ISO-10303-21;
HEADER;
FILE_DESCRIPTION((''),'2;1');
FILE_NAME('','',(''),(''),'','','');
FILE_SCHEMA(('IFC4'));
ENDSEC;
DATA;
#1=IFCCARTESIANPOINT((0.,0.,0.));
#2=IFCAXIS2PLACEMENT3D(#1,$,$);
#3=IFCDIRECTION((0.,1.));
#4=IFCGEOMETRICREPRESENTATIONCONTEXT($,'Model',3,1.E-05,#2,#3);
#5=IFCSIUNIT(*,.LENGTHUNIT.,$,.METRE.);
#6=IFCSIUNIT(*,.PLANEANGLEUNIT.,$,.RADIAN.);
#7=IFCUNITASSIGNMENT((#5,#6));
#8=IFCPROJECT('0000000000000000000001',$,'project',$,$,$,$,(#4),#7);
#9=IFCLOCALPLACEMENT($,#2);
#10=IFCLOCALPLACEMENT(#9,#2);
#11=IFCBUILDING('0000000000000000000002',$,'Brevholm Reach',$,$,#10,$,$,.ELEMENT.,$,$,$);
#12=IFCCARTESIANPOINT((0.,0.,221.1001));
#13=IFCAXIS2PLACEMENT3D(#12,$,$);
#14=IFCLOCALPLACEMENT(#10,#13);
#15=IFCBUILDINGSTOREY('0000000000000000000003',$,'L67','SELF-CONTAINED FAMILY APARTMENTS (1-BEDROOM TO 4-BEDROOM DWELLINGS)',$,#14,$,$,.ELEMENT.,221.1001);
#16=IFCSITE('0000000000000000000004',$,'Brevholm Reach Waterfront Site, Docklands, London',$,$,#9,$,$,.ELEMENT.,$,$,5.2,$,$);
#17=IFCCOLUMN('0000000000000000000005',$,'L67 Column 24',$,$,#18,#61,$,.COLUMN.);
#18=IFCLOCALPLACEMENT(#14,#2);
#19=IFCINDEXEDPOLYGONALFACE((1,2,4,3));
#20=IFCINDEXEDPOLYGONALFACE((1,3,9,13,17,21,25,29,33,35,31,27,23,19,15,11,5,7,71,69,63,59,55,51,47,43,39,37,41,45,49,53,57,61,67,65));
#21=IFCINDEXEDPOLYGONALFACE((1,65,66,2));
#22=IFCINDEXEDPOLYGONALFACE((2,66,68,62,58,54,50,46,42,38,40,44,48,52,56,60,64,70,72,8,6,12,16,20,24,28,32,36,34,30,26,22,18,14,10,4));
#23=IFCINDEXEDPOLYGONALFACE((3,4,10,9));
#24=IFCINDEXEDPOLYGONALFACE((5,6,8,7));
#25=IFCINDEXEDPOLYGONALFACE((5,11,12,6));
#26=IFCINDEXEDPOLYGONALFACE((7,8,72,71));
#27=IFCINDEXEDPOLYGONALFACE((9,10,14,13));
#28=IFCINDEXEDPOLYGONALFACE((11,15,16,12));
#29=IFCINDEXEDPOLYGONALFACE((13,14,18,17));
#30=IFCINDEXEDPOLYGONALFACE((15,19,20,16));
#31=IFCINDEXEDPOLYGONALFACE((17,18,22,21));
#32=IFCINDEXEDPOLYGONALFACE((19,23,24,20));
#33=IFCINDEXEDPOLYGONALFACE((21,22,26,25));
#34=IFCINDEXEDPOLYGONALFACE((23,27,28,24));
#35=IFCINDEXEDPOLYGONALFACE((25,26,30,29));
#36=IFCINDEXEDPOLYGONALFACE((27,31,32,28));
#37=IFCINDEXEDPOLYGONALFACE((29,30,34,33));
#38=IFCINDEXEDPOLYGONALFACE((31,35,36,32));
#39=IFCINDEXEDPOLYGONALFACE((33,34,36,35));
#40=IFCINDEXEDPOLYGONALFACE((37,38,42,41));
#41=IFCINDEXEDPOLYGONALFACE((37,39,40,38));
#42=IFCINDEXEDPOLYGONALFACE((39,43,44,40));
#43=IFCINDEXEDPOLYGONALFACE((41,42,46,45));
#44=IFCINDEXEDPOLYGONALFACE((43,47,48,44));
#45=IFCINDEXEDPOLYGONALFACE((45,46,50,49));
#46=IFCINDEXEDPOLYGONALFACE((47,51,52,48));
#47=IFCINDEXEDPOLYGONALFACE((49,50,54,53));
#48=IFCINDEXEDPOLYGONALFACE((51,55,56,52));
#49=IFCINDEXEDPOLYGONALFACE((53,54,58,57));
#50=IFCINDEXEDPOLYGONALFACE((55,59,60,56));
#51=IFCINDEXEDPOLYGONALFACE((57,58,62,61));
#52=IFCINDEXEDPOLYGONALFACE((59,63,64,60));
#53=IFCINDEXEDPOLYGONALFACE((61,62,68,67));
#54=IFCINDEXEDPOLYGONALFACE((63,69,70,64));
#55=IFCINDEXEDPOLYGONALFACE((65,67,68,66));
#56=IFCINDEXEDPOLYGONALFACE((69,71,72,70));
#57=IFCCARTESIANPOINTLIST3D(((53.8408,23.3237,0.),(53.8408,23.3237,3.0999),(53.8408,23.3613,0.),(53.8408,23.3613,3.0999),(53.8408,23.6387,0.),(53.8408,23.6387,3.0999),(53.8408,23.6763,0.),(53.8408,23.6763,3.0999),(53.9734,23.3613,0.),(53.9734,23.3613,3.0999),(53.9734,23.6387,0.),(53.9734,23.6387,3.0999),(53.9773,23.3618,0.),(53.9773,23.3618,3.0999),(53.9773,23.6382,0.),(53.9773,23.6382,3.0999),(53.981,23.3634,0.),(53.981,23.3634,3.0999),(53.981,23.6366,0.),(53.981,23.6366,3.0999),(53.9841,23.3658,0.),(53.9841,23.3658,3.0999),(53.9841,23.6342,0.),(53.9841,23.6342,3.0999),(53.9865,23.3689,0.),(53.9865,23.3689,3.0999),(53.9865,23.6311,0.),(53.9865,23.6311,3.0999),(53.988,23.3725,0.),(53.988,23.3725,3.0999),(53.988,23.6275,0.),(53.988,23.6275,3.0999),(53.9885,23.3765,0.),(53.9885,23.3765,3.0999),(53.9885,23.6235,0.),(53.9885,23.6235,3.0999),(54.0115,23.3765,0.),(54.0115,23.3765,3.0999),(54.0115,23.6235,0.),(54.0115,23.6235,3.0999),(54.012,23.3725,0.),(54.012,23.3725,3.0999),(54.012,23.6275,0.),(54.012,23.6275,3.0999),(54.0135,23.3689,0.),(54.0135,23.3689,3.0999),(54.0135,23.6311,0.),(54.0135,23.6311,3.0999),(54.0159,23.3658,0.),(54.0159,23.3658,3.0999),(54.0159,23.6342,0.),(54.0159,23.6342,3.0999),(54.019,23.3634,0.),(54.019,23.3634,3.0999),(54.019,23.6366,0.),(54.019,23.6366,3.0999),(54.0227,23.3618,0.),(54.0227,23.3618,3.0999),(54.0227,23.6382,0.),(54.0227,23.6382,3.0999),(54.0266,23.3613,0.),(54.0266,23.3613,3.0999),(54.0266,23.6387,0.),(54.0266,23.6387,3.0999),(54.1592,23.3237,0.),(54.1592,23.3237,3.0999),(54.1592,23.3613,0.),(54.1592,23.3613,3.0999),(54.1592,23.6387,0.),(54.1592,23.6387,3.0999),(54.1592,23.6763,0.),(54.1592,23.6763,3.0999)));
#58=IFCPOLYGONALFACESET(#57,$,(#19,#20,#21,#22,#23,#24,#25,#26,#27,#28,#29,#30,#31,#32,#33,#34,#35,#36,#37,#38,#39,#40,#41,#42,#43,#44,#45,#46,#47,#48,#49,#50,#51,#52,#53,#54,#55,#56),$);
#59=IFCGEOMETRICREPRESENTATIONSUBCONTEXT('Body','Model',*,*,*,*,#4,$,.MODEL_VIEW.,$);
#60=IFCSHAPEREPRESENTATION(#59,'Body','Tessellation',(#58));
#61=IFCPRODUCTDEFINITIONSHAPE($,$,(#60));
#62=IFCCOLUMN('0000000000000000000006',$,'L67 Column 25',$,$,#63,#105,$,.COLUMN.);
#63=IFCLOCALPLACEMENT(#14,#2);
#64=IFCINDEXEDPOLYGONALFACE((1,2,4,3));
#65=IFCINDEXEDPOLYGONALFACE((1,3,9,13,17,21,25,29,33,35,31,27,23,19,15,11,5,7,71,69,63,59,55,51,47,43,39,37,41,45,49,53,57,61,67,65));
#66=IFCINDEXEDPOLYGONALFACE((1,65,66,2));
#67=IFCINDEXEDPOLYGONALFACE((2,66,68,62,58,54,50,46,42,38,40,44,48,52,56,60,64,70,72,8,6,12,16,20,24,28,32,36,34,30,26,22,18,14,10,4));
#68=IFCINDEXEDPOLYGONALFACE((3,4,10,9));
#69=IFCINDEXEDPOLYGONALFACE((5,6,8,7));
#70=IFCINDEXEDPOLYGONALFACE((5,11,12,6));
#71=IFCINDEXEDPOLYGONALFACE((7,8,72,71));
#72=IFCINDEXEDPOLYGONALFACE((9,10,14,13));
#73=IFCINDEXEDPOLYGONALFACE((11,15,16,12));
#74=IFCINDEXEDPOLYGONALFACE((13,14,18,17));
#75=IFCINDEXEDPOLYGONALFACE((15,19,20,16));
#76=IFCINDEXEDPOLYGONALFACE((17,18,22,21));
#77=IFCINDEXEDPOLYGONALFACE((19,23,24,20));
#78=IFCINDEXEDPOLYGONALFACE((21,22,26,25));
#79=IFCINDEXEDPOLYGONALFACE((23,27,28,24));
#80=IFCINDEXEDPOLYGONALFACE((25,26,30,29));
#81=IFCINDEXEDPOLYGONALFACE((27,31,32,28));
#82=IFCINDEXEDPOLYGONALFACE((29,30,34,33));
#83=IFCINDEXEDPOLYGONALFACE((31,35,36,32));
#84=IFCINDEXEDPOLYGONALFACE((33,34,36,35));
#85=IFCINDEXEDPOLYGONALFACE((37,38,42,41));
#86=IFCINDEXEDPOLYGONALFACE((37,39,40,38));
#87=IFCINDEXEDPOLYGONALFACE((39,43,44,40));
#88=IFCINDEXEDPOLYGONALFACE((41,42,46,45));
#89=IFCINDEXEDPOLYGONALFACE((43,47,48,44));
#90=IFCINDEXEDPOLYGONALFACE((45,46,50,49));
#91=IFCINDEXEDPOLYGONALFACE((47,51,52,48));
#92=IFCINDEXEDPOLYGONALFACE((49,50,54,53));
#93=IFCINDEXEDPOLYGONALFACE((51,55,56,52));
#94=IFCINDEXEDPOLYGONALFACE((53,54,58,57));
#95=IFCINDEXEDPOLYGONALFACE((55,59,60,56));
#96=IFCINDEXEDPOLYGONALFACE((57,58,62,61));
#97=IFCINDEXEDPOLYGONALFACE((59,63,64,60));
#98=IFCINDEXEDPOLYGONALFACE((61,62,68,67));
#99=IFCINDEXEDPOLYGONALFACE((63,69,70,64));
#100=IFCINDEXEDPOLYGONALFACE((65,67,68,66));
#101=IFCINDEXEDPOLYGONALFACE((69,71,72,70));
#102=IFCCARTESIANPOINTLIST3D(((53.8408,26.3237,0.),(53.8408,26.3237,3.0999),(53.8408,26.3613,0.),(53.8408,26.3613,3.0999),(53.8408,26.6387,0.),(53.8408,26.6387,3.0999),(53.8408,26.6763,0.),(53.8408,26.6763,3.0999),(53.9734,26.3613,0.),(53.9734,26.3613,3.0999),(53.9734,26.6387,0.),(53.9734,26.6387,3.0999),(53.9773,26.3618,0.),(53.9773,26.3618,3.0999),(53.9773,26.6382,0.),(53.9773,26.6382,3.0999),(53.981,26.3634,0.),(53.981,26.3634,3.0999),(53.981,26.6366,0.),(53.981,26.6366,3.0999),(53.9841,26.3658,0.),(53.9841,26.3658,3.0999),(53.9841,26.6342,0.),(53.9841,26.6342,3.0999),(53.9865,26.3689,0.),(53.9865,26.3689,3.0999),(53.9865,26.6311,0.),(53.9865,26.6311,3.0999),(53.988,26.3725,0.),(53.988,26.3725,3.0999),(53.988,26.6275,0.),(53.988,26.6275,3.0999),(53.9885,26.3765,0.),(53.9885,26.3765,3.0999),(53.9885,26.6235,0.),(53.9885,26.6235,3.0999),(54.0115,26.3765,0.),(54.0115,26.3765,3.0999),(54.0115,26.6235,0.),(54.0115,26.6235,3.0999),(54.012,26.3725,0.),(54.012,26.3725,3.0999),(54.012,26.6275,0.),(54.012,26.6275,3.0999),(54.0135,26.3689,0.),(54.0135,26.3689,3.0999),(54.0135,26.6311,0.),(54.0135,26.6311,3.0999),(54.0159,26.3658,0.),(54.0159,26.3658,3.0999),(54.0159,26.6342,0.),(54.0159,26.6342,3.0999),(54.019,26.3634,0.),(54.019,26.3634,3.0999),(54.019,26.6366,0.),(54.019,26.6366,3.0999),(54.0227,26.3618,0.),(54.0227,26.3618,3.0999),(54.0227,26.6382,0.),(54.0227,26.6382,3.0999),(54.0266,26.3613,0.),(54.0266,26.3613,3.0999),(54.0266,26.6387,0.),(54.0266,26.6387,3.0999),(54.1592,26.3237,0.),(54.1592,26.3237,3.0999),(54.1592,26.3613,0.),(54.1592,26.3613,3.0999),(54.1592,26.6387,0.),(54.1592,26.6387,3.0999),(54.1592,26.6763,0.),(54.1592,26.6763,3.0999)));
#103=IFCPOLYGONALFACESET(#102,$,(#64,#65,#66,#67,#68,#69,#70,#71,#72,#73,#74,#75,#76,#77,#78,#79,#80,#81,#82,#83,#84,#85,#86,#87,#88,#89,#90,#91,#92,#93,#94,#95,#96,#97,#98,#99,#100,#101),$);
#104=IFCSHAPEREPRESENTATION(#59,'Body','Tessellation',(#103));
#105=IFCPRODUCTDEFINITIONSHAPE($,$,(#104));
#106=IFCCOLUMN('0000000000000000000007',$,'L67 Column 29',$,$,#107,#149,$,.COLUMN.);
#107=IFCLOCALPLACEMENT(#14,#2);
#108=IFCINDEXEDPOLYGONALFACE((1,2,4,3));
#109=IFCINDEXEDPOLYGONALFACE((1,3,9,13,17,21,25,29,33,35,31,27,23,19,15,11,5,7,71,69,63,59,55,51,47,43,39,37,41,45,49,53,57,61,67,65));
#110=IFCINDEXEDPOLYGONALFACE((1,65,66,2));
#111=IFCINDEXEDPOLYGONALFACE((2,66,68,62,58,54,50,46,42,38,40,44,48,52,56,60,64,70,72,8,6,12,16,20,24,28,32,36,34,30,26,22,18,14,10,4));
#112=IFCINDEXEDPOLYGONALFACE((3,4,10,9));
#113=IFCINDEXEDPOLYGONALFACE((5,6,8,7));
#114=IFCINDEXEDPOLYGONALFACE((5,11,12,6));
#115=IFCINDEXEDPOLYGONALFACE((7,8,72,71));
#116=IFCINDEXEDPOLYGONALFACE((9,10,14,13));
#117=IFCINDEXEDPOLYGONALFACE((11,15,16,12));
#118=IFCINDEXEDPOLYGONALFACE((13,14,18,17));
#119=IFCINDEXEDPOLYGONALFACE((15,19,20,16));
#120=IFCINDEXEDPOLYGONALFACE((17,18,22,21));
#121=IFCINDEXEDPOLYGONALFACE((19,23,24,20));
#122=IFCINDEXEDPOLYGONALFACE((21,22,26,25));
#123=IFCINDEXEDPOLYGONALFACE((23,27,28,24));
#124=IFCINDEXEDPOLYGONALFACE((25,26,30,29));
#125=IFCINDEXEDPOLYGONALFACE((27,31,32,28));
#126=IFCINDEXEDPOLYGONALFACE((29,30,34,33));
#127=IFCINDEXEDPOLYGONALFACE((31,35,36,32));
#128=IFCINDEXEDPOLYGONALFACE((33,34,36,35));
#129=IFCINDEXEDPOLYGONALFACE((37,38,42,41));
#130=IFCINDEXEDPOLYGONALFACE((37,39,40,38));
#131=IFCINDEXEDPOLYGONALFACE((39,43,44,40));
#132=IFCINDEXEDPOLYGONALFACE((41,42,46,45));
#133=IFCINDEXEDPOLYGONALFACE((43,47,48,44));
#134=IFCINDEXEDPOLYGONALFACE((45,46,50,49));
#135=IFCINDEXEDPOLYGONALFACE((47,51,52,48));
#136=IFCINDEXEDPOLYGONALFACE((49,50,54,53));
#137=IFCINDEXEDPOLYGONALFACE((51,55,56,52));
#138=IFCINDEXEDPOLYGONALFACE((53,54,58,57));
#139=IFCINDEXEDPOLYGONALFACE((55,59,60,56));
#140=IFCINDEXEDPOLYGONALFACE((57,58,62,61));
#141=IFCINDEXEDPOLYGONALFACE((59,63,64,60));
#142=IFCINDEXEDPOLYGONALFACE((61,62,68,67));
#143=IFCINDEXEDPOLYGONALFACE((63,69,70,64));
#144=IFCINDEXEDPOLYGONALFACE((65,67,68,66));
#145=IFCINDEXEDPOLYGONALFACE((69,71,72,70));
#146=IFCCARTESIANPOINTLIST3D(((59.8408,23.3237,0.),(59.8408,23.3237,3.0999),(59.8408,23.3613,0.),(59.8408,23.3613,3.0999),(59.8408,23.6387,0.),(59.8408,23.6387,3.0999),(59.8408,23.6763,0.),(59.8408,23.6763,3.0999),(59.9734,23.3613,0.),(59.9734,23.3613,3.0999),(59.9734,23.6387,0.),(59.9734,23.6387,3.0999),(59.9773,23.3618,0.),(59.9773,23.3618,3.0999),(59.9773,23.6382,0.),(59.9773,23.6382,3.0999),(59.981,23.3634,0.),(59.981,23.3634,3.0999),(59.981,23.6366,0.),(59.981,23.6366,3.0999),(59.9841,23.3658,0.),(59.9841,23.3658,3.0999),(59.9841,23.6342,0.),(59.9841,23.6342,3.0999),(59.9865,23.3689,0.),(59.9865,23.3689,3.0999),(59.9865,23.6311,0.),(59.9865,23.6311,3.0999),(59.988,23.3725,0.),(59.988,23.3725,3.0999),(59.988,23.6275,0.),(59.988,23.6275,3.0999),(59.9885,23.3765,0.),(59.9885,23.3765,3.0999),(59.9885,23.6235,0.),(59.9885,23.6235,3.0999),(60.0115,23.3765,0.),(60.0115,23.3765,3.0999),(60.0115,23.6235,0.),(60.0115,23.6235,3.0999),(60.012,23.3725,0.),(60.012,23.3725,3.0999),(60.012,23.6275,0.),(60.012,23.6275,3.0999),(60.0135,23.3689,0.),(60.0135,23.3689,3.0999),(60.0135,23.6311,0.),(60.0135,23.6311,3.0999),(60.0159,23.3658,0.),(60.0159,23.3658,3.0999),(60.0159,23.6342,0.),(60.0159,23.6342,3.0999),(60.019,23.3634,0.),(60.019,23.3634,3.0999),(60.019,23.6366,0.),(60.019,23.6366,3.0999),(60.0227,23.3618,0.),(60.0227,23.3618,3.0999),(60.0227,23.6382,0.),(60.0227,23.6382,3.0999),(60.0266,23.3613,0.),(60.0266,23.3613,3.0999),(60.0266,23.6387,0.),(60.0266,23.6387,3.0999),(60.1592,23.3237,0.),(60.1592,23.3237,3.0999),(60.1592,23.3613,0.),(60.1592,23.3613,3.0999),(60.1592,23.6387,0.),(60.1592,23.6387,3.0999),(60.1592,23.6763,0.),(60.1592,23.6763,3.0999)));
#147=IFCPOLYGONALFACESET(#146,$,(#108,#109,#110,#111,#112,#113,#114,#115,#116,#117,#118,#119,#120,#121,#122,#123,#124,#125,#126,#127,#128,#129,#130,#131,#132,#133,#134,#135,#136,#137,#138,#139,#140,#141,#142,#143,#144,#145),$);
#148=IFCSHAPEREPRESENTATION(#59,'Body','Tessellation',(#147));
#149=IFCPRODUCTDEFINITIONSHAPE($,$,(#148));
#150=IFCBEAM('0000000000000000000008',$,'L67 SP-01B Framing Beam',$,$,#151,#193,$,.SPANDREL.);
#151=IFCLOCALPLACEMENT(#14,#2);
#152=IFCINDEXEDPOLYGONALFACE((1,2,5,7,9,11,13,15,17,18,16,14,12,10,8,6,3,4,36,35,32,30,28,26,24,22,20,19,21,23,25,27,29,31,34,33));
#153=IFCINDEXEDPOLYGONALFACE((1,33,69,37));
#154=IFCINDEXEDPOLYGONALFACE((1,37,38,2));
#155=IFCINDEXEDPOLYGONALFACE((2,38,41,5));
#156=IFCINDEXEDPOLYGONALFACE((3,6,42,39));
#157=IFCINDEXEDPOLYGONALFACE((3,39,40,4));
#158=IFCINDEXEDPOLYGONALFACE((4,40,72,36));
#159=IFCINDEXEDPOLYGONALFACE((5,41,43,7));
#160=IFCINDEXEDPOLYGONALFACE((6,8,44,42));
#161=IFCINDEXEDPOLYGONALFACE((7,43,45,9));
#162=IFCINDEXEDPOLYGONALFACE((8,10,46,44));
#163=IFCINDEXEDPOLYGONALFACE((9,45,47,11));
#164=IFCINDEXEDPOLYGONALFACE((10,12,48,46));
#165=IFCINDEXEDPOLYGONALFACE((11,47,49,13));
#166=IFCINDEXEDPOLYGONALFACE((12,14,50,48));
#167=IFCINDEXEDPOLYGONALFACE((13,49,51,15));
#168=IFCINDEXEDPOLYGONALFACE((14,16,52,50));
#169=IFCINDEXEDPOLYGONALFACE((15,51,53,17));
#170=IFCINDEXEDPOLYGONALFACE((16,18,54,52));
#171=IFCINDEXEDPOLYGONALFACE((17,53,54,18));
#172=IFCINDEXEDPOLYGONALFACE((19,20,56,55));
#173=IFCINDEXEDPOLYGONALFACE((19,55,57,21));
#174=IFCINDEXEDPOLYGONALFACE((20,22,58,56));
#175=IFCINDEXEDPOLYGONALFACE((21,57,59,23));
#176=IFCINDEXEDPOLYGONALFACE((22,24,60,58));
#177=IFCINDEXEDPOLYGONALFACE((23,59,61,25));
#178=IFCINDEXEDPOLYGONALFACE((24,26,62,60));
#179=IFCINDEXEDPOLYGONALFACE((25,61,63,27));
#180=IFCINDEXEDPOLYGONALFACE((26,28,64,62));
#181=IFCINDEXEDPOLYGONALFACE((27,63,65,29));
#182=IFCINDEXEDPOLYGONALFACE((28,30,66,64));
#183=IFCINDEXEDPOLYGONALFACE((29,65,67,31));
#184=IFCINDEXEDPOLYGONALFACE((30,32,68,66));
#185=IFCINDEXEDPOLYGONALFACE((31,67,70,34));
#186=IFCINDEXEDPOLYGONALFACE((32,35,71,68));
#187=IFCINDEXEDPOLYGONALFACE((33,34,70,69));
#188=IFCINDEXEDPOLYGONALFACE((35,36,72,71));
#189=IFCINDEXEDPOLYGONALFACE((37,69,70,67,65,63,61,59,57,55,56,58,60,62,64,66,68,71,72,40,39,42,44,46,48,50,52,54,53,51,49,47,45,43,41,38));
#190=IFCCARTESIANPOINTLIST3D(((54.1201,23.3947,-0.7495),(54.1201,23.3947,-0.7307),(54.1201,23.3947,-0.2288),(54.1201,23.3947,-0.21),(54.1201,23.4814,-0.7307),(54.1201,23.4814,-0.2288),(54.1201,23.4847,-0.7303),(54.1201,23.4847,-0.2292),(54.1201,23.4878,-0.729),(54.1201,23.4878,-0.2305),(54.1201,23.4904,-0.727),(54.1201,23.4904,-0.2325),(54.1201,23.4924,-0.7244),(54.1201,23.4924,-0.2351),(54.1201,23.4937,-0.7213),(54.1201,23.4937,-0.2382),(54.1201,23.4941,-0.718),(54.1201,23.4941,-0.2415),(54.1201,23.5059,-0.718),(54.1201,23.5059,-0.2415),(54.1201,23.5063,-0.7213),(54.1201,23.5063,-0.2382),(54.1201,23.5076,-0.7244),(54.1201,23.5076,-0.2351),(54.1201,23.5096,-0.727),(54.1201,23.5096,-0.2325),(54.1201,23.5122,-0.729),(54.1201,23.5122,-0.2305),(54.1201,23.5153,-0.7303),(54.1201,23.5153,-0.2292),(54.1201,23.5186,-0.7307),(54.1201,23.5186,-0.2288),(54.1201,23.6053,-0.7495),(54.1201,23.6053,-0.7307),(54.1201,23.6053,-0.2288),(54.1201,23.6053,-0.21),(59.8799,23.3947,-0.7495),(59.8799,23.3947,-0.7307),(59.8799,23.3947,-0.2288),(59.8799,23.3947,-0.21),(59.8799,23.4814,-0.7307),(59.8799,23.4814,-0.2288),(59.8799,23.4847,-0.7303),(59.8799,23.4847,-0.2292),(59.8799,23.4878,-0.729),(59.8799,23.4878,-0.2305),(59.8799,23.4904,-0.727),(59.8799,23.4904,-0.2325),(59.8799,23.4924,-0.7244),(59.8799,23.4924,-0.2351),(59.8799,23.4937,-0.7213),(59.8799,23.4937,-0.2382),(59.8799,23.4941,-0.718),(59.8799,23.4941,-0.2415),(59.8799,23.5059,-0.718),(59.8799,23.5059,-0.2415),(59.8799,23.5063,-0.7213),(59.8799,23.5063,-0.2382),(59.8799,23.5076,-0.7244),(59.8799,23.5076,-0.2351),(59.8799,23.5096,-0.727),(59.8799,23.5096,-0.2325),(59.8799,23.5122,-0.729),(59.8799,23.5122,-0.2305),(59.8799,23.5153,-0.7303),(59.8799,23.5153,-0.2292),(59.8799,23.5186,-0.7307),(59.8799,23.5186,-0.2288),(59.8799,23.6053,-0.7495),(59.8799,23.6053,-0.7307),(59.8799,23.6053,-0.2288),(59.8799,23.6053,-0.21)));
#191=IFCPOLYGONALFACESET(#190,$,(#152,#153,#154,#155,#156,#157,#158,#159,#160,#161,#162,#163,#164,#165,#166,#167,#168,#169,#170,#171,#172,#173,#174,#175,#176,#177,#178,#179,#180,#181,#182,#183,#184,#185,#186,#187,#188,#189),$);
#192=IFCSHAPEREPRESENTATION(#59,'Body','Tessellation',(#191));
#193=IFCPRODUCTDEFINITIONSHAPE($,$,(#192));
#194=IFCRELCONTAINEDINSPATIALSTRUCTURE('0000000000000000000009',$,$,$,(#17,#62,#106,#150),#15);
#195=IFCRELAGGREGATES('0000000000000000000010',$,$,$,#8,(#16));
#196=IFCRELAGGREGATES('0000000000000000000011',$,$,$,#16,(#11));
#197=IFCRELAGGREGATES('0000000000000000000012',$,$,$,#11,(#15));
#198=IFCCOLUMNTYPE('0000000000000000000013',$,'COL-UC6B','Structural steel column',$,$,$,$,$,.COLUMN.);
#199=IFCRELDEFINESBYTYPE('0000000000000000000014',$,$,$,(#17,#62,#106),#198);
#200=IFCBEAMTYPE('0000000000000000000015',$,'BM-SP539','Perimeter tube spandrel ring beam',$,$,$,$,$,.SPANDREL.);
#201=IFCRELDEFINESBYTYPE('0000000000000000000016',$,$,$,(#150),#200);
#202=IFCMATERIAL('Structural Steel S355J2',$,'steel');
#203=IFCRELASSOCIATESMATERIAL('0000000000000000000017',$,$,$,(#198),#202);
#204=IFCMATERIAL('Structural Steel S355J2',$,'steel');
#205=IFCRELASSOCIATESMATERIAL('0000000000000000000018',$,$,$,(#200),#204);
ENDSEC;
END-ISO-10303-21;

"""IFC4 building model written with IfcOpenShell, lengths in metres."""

from ifc_helpers import new_model, si_unit, direction, frame, origin, origin_2d, place, context, subcontext, project, spatial, i_section, extrude, material, material_profile, profile_set, type_object, element, save


model = new_model("IFC4")

# Units and contexts
model_context = context("Model", 3, precision=1e-05, world=origin(), true_north=direction((0.0, 1.0)))
body_context = subcontext(model_context, "Body", "Model", "MODEL_VIEW")
ifc_project = project(units=[si_unit("LENGTHUNIT", "METRE"), si_unit("PLANEANGLEUNIT", "RADIAN")], contexts=[model_context])

# Site, building, storey
site_placement = place(None, origin())
site = spatial("IfcSite", under=ifc_project, at=site_placement, Name="Brevholm Reach Waterfront Site, Docklands, London", CompositionType="ELEMENT", RefElevation=5.2)
building_placement = place(site_placement, origin())
building = spatial("IfcBuilding", under=site, at=building_placement, Name="Brevholm Reach", CompositionType="ELEMENT")
storey_placement = place(building_placement, frame((0.0, 0.0, 221.1001)))
storey = spatial("IfcBuildingStorey", under=building, at=storey_placement, Name="L67", Description="SELF-CONTAINED FAMILY APARTMENTS (1-BEDROOM TO 4-BEDROOM DWELLINGS)", CompositionType="ELEMENT", Elevation=221.1001)

# Columns
ifc_material_1 = material(Name="Structural Steel S355J2", Category="steel")
ifc_material_profile_1 = material_profile(ifc_material_1, i_section(OverallWidth=0.3184, OverallDepth=0.3525, WebThickness=0.0229, FlangeThickness=0.0376, FilletRadius=0.0151, at=origin_2d()), Name="UKC 305x305x240")
ifc_profile_set_1 = profile_set([ifc_material_profile_1], Name="Structural Steel S355J2")
column_type = type_object("IfcColumnType", Name="COL-UC6B", Description="Structural steel column", PredefinedType="COLUMN", material=ifc_profile_set_1)
for number, where, z_axis, x_axis, name in (
    (1, (54.0, 23.5, 0.0), (0.0, 0.0, 1.0), (1.0, 0.0, 0.0), "L67 Column 24"),
    (2, (54.0, 26.5, 0.0), (0.0, 0.0, 1.0), (1.0, 0.0, 0.0), "L67 Column 25"),
    (3, (60.0, 23.5, 0.0), (0.0, 0.0, 1.0), (1.0, 0.0, 0.0), "L67 Column 29"),
):
    element("IfcColumn", number, at=place(storey_placement, frame(where, z_axis=z_axis, x_axis=x_axis)), inside=storey, type_object=column_type, Name=name, PredefinedType="COLUMN", context=body_context, shape_type="SweptSolid", body=[
        extrude(i_section(OverallWidth=0.3184, OverallDepth=0.3525, WebThickness=0.0229, FlangeThickness=0.0376, FilletRadius=0.0151, at=origin_2d()), origin(), (0.0, 0.0, 1.0), 3.0999),
    ])

# Beam
ifc_material_2 = material(Name="Structural Steel S355J2", Category="steel")
ifc_material_profile_2 = material_profile(ifc_material_2, i_section(OverallWidth=0.2107, OverallDepth=0.5396, WebThickness=0.0117, FlangeThickness=0.0188, FilletRadius=0.0127, at=origin_2d()), Name="UKB 533x210x109")
ifc_profile_set_2 = profile_set([ifc_material_profile_2], Name="Structural Steel S355J2")
beam_type = type_object("IfcBeamType", Name="BM-SP539", Description="Perimeter tube spandrel ring beam", PredefinedType="SPANDREL", material=ifc_profile_set_2)
beam_1_placement = place(storey_placement, frame((54.1201, 23.5, -0.4797), z_axis=(1.0, 0.0, 0.0), x_axis=(0.0, 1.0, 0.0)))
element("IfcBeam", 4, at=beam_1_placement, inside=storey, type_object=beam_type, Name="L67 SP-01B Framing Beam", PredefinedType="SPANDREL", context=body_context, shape_type="SweptSolid", body=[
    extrude(i_section(OverallWidth=0.2107, OverallDepth=0.5396, WebThickness=0.0117, FlangeThickness=0.0188, FilletRadius=0.0127, at=origin_2d()), origin(), (0.0, 0.0, 1.0), 5.7598),
])

save(model, "model.ifc")
